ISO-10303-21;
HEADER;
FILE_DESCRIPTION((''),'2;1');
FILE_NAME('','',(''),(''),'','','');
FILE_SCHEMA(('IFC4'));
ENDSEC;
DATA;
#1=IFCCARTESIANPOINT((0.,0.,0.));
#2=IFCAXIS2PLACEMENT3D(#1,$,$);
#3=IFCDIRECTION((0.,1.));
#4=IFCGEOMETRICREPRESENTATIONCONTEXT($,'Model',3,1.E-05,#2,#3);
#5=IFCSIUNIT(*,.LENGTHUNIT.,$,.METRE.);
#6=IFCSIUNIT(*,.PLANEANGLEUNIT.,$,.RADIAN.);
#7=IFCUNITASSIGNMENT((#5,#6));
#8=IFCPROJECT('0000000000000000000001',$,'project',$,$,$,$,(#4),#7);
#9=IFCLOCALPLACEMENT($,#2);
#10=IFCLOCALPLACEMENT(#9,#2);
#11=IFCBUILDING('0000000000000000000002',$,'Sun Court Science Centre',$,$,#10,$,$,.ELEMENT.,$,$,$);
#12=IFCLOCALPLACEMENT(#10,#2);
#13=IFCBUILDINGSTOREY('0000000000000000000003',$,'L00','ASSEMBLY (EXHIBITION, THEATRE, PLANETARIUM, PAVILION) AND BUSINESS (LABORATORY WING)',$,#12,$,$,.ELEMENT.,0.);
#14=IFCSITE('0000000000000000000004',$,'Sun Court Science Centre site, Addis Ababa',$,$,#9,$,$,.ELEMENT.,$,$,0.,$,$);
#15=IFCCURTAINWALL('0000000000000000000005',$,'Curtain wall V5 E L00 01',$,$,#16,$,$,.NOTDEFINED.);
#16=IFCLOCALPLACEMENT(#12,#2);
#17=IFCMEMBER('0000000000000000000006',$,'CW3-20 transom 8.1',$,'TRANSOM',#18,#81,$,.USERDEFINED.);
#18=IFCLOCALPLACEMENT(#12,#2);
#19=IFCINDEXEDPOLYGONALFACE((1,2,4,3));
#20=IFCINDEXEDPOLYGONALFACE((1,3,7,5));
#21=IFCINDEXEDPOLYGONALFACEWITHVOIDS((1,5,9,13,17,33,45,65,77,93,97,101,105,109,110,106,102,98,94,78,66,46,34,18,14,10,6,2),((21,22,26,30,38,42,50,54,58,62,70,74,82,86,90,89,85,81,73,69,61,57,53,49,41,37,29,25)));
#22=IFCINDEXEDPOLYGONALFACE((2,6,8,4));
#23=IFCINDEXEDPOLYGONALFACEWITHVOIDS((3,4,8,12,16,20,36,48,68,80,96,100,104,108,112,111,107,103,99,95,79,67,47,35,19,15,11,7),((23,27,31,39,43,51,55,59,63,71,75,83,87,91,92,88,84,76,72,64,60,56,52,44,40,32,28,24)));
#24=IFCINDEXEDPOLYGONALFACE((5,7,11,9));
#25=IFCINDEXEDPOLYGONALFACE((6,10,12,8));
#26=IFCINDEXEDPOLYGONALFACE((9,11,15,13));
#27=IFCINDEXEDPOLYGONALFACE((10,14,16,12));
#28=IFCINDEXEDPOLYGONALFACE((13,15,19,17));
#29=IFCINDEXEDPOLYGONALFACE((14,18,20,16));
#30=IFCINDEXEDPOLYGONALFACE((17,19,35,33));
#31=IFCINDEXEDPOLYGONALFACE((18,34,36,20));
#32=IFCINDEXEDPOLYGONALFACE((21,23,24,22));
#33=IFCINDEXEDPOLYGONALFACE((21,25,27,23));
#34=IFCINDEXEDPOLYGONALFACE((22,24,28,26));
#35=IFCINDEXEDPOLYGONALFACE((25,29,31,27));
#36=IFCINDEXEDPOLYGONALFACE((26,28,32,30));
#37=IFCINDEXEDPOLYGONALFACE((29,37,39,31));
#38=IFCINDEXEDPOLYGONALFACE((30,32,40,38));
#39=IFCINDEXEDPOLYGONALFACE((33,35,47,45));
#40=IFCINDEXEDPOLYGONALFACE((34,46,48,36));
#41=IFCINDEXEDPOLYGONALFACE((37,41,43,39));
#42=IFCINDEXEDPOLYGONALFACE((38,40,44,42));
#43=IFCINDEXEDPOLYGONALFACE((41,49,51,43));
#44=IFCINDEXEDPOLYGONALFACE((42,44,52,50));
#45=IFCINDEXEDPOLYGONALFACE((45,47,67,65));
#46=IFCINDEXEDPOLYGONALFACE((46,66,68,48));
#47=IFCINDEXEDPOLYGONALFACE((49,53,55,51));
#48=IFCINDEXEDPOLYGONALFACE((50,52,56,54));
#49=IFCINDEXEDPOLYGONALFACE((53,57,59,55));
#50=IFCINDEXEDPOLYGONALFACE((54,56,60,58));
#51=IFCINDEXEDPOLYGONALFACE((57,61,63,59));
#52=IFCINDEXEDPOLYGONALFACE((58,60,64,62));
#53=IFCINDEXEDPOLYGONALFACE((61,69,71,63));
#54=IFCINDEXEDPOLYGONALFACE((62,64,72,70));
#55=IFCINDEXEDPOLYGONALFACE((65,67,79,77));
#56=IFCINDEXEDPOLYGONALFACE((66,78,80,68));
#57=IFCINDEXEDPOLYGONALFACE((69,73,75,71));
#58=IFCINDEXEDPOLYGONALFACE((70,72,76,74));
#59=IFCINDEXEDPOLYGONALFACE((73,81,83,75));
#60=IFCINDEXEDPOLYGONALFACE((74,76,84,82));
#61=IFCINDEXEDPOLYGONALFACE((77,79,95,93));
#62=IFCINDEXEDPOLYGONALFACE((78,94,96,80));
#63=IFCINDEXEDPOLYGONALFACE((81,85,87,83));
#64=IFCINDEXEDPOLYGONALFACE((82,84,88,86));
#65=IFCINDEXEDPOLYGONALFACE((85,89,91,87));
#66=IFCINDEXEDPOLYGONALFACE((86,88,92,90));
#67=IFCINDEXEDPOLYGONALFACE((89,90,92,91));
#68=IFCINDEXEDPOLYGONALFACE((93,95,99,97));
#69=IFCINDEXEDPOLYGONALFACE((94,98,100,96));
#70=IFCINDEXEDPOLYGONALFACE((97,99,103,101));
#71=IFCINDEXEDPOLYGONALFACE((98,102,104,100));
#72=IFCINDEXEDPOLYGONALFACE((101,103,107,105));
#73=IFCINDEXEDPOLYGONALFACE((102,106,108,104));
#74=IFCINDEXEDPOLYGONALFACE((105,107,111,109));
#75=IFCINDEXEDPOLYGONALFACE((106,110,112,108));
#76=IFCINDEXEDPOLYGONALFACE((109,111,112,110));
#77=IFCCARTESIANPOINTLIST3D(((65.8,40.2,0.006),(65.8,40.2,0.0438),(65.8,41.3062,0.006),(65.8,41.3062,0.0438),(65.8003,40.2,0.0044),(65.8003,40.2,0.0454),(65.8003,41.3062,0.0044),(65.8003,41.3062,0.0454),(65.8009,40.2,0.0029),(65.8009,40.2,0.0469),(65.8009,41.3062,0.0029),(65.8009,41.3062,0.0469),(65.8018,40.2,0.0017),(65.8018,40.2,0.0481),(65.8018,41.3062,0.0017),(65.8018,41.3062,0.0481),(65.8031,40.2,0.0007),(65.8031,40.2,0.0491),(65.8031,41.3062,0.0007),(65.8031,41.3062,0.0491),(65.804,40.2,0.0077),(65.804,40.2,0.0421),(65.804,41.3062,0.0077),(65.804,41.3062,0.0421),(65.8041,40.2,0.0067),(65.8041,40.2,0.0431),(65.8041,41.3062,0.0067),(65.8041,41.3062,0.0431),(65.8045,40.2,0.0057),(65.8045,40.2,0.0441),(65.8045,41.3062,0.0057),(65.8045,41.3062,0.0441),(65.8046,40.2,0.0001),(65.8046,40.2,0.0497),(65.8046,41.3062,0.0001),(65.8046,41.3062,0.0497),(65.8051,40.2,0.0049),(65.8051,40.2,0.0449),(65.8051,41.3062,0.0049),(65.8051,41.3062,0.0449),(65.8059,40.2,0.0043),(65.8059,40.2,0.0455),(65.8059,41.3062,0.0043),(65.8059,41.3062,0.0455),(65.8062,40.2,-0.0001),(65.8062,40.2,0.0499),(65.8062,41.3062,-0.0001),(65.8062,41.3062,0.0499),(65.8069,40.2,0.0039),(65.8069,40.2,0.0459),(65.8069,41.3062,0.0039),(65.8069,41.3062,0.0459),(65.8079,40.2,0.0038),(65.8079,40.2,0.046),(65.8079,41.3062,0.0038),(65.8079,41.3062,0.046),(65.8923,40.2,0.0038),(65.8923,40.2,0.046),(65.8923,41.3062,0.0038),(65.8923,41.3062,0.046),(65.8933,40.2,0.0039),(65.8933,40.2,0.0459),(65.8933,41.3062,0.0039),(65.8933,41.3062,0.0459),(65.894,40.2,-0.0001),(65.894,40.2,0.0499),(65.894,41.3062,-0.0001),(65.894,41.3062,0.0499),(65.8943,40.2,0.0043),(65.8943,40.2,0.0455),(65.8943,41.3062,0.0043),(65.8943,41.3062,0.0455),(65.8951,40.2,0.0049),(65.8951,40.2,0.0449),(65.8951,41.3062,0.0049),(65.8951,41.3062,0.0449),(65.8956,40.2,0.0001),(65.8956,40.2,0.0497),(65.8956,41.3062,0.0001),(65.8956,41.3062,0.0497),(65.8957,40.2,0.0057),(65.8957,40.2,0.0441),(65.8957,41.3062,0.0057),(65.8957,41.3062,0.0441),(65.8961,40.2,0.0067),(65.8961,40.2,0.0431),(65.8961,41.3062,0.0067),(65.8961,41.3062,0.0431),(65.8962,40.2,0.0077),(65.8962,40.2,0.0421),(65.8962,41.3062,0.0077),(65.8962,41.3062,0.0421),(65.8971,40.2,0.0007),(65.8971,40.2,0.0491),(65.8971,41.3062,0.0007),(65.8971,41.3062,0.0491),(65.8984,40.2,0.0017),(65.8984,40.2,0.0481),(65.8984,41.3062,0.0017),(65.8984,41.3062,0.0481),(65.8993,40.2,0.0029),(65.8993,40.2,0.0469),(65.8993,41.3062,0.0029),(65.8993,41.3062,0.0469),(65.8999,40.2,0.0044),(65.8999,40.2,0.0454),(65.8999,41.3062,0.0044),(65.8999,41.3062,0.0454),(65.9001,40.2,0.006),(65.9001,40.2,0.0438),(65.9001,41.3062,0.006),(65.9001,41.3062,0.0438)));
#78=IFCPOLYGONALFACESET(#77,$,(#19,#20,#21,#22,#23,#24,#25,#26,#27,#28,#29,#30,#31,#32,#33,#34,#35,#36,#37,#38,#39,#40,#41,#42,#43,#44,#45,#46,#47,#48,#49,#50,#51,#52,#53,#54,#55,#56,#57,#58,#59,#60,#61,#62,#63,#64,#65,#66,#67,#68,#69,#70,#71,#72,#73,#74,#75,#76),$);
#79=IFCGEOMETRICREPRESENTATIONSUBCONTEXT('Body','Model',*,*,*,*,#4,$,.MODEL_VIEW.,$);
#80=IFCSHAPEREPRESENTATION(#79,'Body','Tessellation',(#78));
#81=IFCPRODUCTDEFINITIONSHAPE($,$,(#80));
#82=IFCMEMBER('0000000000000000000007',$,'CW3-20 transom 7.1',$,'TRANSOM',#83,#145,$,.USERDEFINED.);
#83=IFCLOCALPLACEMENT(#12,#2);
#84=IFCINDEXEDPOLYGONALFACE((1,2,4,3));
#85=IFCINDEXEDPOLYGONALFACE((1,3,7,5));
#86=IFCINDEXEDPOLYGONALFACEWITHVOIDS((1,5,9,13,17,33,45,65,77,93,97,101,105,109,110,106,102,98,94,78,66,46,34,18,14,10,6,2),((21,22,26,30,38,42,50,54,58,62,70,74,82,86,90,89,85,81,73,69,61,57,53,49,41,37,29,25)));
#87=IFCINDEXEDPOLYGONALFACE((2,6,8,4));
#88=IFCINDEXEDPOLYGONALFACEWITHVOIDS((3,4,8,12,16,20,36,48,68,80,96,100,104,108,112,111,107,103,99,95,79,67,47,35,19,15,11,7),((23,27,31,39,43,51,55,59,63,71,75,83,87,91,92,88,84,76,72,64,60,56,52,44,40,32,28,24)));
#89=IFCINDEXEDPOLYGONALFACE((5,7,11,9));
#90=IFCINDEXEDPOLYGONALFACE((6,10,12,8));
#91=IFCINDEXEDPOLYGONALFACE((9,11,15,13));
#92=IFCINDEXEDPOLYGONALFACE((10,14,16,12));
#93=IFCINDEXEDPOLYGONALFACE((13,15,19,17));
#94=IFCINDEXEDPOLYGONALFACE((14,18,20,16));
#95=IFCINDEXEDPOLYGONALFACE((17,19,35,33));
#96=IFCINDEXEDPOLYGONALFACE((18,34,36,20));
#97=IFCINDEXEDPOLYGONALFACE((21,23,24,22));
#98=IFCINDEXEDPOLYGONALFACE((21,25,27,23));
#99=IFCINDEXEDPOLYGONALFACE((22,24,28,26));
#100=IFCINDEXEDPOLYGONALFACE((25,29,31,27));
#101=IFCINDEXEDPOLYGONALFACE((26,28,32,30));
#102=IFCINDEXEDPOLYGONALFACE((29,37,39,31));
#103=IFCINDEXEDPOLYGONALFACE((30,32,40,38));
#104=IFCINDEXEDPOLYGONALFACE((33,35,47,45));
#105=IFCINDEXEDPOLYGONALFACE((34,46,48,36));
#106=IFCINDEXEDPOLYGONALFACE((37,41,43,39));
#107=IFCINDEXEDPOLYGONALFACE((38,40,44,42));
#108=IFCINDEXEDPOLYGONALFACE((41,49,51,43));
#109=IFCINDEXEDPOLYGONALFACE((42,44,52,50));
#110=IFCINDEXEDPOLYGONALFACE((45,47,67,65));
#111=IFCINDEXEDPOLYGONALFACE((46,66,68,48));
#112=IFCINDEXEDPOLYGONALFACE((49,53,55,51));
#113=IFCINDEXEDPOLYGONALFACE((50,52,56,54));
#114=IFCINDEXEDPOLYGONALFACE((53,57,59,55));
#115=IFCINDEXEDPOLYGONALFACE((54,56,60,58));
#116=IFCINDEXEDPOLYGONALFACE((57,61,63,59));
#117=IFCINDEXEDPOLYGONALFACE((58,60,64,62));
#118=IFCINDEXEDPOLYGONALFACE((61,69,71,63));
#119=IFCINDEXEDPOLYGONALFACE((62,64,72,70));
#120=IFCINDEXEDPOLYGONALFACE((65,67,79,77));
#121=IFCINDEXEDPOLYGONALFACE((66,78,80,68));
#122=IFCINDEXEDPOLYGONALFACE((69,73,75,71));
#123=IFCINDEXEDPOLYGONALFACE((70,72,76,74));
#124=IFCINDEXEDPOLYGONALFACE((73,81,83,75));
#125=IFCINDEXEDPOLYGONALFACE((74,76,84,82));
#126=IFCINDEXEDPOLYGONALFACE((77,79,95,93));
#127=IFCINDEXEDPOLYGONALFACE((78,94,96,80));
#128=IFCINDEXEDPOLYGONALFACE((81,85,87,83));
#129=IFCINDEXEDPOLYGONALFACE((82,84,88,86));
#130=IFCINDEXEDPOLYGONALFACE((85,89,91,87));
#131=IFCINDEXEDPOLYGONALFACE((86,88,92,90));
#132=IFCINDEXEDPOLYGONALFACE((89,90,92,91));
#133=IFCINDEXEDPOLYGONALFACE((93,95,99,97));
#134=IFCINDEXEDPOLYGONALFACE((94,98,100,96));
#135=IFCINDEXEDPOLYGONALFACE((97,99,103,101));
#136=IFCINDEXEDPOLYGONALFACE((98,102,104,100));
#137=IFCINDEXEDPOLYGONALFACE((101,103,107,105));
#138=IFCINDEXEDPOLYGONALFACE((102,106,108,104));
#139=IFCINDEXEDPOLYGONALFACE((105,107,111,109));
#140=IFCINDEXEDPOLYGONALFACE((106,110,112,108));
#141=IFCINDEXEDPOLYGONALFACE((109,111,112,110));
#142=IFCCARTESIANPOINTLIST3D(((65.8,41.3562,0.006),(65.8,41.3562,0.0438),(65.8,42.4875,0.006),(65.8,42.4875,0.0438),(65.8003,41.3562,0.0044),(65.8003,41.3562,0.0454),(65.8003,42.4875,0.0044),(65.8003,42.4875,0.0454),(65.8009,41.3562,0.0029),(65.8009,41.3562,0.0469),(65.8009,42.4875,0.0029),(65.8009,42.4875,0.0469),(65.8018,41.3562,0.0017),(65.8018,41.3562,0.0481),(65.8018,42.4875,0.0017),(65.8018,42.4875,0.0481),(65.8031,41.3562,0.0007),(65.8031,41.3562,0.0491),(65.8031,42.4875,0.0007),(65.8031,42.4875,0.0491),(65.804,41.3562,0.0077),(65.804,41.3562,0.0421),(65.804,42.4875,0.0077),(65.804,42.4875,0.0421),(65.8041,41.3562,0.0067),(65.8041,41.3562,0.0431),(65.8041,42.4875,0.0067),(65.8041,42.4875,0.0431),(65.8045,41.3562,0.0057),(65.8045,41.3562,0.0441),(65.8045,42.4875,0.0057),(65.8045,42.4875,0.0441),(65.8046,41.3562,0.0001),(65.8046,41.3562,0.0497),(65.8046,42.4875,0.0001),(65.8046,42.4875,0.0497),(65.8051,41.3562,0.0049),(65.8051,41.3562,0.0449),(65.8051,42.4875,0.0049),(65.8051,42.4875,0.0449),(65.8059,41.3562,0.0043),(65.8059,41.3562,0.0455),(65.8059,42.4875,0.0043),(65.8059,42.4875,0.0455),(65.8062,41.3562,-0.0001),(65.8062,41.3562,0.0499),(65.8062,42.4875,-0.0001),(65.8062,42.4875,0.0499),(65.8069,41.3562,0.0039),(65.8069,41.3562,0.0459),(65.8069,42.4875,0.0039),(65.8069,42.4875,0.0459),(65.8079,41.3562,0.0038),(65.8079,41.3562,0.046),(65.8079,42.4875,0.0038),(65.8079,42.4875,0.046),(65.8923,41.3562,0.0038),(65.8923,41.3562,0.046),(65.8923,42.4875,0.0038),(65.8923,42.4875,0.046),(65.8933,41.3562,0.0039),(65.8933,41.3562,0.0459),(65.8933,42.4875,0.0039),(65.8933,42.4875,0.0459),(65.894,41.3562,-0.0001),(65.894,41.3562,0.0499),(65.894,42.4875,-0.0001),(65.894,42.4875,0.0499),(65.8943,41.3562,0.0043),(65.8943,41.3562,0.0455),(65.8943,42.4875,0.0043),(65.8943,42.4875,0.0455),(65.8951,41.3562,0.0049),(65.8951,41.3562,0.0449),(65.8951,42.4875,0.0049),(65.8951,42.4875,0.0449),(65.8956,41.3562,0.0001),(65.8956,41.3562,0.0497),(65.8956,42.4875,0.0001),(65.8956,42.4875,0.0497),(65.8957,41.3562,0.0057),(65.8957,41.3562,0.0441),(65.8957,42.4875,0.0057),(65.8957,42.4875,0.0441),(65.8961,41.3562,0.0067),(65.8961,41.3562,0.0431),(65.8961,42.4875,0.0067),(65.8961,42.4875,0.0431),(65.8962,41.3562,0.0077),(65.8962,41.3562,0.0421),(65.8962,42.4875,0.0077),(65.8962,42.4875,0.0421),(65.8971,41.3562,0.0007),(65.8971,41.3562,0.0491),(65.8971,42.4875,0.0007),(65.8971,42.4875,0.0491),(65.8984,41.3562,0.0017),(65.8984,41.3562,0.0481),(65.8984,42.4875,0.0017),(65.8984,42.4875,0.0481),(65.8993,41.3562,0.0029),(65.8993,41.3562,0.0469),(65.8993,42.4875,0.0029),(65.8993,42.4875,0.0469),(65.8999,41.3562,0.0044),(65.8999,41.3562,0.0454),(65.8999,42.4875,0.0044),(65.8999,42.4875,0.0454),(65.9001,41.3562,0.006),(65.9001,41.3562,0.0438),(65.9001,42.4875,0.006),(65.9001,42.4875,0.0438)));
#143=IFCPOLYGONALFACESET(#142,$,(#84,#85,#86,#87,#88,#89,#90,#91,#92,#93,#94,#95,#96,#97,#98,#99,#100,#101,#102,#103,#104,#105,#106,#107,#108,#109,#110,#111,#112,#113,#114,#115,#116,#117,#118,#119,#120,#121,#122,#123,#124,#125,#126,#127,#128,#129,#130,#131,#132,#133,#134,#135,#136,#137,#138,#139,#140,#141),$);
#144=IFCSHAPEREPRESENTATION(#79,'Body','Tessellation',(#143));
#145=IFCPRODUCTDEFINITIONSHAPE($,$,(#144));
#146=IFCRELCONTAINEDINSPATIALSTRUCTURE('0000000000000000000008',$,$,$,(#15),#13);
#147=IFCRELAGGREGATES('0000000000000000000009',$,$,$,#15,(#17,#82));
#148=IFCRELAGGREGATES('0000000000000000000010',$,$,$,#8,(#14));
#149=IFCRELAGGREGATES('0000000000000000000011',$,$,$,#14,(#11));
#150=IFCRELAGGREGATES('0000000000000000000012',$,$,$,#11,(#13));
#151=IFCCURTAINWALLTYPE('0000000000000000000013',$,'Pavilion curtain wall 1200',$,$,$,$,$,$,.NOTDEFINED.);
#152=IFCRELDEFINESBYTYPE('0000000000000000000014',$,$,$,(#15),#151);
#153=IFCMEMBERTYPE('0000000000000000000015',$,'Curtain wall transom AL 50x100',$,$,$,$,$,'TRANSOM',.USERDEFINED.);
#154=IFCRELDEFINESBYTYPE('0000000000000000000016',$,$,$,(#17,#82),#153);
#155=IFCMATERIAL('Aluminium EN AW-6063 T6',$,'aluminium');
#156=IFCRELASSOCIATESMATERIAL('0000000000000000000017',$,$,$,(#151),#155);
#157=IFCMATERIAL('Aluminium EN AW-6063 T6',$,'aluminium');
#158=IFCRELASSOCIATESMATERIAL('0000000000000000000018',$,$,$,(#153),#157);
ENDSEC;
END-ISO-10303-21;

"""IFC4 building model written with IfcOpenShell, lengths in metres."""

from ifc_helpers import new_model, si_unit, direction, frame, origin, origin_2d, place, context, subcontext, project, spatial, hollow_rectangle, extrude, material, material_profile, profile_set, type_object, element, aggregate, save


model = new_model("IFC4")

# Units and contexts
model_context = context("Model", 3, precision=1e-05, world=origin(), true_north=direction((0.0, 1.0)))
body_context = subcontext(model_context, "Body", "Model", "MODEL_VIEW")
ifc_project = project(units=[si_unit("LENGTHUNIT", "METRE"), si_unit("PLANEANGLEUNIT", "RADIAN")], contexts=[model_context])

# Site, building, storey
site_placement = place(None, origin())
site = spatial("IfcSite", under=ifc_project, at=site_placement, Name="Sun Court Science Centre site, Addis Ababa", CompositionType="ELEMENT", RefElevation=0.0)
building_placement = place(site_placement, origin())
building = spatial("IfcBuilding", under=site, at=building_placement, Name="Sun Court Science Centre", CompositionType="ELEMENT")
storey_placement = place(building_placement, origin())
storey = spatial("IfcBuildingStorey", under=building, at=storey_placement, Name="L00", Description="ASSEMBLY (EXHIBITION, THEATRE, PLANETARIUM, PAVILION) AND BUSINESS (LABORATORY WING)", CompositionType="ELEMENT", Elevation=0.0)

# Curtain wall, members
ifc_material_1 = material(Name="Aluminium EN AW-6063 T6", Category="aluminium")
curtain_wall_type = type_object("IfcCurtainWallType", Name="Pavilion curtain wall 1200", PredefinedType="NOTDEFINED", material=ifc_material_1)
curtain_wall_placement = place(storey_placement, origin())
curtain_wall = element("IfcCurtainWall", 1, at=curtain_wall_placement, inside=storey, type_object=curtain_wall_type, Name="Curtain wall V5 E L00 01", PredefinedType="NOTDEFINED")
ifc_material_2 = material(Name="Aluminium EN AW-6063 T6", Category="aluminium")
ifc_material_profile_1 = material_profile(ifc_material_2, hollow_rectangle(XDim=0.05, YDim=0.1001, WallThickness=0.0039, InnerFilletRadius=0.0039, OuterFilletRadius=0.0061, at=origin_2d()), Name="AL 50x100x4")
ifc_profile_set_1 = profile_set([ifc_material_profile_1], Name="Aluminium EN AW-6063 T6")
member_type_1 = type_object("IfcMemberType", Name="Curtain wall transom AL 50x100", ElementType="TRANSOM", PredefinedType="USERDEFINED", material=ifc_profile_set_1)
member_1_placement = place(storey_placement, frame((65.8501, 41.3062, 0.0249), z_axis=(0.0, -1.0, 0.0), x_axis=(0.0, 0.0, 1.0)))
member_1 = element("IfcMember", 2, at=member_1_placement, type_object=member_type_1, Name="CW3-20 transom 8.1", ObjectType="TRANSOM", PredefinedType="USERDEFINED", context=body_context, shape_type="SweptSolid", body=[
    extrude(hollow_rectangle(XDim=0.05, YDim=0.1001, WallThickness=0.0039, InnerFilletRadius=0.0039, OuterFilletRadius=0.0061, at=origin_2d()), origin(), (0.0, 0.0, 1.0), 1.1062),
])
member_2_placement = place(storey_placement, frame((65.8501, 42.4875, 0.0249), z_axis=(0.0, -1.0, 0.0), x_axis=(0.0, 0.0, 1.0)))
member_2 = element("IfcMember", 3, at=member_2_placement, type_object=member_type_1, Name="CW3-20 transom 7.1", ObjectType="TRANSOM", PredefinedType="USERDEFINED", context=body_context, shape_type="SweptSolid", body=[
    extrude(hollow_rectangle(XDim=0.05, YDim=0.1001, WallThickness=0.0039, InnerFilletRadius=0.0039, OuterFilletRadius=0.0061, at=origin_2d()), origin(), (0.0, 0.0, 1.0), 1.1313),
])
aggregate(curtain_wall, [member_1, member_2])

save(model, "model.ifc")
